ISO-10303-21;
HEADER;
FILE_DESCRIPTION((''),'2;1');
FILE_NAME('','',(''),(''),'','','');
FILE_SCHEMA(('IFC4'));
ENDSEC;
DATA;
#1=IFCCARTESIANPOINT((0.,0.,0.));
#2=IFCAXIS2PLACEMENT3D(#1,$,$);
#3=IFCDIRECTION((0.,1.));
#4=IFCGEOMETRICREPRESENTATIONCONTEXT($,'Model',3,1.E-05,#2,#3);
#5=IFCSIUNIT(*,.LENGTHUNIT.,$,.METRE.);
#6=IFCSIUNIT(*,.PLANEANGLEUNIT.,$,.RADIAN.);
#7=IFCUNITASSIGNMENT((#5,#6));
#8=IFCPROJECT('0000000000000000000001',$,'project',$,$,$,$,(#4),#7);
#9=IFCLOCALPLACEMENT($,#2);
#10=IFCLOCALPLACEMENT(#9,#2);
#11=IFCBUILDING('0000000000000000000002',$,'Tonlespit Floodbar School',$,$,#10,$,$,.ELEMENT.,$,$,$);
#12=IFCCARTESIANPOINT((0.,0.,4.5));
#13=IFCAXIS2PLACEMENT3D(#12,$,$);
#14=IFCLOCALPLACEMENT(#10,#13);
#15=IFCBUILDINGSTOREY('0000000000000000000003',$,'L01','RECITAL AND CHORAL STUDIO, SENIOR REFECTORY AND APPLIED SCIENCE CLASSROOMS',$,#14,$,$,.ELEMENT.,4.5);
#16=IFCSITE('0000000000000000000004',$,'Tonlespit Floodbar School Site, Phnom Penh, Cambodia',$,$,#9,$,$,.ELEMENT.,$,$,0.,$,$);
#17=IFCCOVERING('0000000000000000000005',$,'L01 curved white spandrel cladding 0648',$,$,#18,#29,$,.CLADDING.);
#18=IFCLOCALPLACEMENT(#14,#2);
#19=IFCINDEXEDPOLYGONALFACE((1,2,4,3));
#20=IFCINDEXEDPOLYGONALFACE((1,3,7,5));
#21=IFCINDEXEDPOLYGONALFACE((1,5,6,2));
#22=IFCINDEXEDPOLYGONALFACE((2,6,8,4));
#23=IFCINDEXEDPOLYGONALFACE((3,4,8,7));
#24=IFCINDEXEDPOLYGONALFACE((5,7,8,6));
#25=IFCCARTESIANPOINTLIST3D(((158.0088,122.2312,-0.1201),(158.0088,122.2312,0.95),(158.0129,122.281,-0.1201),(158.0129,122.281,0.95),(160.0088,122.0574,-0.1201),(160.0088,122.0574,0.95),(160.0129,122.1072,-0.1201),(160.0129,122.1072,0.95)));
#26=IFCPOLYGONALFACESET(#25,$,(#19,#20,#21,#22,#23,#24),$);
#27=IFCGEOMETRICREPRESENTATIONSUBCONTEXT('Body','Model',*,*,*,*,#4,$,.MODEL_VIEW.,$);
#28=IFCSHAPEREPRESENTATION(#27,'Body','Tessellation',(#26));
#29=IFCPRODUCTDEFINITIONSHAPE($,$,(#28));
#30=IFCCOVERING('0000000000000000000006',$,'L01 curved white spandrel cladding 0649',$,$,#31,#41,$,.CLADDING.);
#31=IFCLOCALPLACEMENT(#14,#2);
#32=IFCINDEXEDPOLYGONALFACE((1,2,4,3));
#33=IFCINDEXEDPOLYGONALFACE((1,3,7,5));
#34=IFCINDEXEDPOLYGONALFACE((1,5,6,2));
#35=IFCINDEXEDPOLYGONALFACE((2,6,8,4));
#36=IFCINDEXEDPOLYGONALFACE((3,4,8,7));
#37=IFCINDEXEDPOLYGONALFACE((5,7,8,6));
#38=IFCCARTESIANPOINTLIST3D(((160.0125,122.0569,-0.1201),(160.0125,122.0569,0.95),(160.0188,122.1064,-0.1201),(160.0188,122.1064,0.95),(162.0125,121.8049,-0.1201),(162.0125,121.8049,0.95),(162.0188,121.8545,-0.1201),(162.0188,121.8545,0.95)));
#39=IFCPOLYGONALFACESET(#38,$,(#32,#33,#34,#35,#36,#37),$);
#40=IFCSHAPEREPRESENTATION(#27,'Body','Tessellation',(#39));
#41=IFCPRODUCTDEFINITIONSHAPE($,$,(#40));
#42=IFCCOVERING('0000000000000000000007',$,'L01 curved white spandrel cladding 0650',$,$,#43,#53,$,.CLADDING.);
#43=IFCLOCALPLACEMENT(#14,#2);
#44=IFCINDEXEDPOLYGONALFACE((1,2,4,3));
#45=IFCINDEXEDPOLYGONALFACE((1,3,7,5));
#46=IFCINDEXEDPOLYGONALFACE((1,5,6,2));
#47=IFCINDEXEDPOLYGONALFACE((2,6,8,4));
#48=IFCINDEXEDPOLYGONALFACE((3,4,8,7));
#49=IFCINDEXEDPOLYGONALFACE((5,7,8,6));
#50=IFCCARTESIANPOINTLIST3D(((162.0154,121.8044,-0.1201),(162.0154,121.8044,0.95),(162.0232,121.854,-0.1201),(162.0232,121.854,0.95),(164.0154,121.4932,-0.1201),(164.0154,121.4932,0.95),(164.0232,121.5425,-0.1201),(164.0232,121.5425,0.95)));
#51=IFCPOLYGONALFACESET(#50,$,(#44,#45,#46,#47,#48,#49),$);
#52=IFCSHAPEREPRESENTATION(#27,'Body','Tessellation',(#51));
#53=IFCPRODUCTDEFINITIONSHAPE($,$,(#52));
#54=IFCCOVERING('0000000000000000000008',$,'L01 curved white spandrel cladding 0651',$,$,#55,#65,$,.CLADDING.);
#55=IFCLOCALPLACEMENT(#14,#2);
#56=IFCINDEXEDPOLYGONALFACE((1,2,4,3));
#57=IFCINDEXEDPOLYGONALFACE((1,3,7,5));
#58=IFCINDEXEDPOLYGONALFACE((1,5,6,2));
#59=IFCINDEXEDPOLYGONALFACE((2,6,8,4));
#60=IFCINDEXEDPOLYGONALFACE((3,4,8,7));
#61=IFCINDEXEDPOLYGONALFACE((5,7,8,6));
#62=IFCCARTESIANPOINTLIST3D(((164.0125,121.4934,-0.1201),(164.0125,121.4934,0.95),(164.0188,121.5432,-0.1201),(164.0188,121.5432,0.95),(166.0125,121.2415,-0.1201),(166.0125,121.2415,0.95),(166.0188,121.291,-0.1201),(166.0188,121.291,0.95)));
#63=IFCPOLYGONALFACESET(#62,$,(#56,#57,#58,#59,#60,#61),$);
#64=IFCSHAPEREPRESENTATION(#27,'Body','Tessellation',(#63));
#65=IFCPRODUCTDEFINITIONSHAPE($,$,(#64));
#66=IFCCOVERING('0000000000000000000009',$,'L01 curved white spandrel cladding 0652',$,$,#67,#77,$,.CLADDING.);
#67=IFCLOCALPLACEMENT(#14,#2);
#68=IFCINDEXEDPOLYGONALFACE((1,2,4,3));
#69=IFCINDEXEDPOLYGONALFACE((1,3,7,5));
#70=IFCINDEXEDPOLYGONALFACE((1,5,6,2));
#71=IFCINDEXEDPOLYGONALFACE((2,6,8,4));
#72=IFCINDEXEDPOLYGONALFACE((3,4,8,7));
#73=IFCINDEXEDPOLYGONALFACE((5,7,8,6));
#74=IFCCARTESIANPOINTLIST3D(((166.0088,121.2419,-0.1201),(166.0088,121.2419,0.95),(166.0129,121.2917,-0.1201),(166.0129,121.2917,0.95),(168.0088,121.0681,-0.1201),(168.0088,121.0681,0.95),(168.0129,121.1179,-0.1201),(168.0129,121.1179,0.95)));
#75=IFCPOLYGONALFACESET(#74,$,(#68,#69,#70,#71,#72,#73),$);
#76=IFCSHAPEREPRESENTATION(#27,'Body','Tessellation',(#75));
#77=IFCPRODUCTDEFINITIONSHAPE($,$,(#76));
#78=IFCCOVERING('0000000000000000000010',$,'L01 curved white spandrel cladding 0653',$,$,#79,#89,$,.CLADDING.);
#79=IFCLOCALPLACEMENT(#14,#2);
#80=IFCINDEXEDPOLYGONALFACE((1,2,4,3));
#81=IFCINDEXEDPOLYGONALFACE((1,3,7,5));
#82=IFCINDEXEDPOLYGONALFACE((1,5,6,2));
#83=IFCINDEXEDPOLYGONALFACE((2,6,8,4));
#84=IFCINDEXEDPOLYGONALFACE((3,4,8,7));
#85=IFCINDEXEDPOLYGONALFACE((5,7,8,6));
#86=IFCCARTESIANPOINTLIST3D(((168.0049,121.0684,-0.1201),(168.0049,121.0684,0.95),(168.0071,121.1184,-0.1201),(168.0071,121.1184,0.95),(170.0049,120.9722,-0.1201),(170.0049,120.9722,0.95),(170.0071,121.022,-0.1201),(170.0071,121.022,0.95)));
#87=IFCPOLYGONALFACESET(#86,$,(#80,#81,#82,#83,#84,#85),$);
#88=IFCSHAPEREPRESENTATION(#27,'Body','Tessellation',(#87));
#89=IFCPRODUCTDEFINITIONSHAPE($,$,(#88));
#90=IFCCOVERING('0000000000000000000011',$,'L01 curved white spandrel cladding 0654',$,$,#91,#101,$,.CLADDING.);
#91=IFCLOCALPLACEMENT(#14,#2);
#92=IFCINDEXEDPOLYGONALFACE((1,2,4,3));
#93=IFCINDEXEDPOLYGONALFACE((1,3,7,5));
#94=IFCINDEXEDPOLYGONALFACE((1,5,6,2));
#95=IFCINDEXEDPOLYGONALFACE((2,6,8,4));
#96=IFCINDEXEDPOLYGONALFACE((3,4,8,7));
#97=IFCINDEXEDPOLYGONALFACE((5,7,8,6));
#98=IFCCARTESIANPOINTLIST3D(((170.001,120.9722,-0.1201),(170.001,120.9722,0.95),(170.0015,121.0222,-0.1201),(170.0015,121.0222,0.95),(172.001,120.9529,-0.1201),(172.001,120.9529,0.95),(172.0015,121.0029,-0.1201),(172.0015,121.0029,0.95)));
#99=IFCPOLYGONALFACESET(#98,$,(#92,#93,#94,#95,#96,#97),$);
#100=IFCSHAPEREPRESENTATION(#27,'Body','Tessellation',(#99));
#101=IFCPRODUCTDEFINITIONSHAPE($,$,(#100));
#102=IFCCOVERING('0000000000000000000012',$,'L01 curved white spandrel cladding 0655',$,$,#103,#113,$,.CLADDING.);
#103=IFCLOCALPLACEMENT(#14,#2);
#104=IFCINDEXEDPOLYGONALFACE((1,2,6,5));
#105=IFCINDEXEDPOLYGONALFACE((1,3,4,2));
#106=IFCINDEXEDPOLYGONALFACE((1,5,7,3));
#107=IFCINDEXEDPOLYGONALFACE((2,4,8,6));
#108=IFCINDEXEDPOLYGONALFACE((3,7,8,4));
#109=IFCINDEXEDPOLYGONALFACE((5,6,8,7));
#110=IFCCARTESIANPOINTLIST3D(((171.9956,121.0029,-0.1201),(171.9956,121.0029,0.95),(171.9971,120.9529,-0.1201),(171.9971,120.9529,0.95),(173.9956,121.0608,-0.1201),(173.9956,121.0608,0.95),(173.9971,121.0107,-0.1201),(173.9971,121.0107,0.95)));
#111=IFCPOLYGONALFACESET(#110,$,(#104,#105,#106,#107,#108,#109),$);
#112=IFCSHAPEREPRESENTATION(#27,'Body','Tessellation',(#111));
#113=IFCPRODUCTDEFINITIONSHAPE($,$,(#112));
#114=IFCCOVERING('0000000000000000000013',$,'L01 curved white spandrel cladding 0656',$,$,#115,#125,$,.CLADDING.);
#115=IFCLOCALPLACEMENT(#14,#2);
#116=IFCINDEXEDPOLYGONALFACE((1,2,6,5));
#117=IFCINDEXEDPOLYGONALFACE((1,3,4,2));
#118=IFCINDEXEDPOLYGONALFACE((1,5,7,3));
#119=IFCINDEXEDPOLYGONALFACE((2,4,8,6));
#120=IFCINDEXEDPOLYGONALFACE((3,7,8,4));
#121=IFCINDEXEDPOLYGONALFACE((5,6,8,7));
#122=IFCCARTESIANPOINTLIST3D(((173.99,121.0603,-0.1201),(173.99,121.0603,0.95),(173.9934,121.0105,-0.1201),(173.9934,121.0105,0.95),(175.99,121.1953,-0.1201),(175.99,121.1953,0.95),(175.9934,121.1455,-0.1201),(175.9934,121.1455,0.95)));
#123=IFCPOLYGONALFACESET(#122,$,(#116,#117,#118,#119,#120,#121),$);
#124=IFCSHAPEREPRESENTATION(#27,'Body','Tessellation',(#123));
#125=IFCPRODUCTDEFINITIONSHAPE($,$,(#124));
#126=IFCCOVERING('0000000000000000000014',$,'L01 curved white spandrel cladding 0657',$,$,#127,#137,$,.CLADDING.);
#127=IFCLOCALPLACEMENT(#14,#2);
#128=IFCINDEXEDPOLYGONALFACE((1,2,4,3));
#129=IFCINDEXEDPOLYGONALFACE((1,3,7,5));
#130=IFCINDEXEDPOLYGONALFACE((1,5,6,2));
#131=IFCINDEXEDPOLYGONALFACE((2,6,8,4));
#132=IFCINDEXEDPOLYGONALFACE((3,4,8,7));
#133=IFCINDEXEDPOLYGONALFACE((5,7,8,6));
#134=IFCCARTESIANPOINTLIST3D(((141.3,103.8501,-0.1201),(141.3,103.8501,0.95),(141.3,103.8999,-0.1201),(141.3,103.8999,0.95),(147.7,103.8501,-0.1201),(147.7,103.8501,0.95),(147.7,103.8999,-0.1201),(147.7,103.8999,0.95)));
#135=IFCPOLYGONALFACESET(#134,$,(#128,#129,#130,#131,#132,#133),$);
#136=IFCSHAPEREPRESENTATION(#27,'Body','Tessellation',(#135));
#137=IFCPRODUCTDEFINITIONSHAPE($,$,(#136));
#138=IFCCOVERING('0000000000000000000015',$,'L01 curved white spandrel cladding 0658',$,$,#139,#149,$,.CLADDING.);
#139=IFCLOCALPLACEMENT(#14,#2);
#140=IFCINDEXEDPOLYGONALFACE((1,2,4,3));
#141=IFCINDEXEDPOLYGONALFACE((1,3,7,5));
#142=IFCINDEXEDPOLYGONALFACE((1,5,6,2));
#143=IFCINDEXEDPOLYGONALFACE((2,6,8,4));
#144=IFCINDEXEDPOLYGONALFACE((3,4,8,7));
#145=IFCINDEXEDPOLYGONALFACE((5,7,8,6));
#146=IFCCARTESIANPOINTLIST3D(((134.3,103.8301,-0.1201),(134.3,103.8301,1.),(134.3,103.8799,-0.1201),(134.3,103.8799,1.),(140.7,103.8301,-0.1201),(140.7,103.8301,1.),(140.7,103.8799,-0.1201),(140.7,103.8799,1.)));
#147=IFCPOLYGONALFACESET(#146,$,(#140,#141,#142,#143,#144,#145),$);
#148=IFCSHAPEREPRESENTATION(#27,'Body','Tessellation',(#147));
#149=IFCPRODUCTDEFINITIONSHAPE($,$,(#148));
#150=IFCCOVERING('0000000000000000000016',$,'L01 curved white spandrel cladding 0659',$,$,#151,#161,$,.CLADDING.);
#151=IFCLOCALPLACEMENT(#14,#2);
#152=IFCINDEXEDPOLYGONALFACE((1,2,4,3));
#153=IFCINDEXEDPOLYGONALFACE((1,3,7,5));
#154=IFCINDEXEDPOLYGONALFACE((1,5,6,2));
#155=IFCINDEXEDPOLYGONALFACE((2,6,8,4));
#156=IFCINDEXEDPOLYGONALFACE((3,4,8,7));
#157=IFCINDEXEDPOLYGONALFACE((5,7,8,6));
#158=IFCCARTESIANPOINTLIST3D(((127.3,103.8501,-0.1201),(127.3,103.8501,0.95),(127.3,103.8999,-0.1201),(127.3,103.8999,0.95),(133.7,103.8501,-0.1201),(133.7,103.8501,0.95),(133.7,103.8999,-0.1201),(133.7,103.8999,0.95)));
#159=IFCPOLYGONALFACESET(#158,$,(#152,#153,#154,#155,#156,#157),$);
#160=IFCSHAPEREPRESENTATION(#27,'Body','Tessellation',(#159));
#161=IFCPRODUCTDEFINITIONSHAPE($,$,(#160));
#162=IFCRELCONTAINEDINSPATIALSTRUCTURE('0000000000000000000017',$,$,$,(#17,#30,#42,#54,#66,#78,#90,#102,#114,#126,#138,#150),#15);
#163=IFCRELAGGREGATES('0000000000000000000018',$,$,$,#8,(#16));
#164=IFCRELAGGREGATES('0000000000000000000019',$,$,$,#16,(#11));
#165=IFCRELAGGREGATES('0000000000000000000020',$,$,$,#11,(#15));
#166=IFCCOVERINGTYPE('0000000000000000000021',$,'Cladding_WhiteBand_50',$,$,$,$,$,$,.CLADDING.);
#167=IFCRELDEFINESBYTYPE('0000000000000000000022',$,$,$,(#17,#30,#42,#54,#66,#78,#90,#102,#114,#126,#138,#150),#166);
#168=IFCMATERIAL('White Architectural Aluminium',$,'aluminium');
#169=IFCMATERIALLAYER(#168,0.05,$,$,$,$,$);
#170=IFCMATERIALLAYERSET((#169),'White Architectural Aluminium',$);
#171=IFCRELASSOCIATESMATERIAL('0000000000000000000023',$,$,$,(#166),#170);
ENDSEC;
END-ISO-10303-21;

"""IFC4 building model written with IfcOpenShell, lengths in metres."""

from ifc_helpers import new_model, si_unit, direction, frame, origin, place, context, subcontext, project, spatial, polyline, outline, extrude, material, layer, layer_set, type_object, element, save


model = new_model("IFC4")

# Units and contexts
model_context = context("Model", 3, precision=1e-05, world=origin(), true_north=direction((0.0, 1.0)))
body_context = subcontext(model_context, "Body", "Model", "MODEL_VIEW")
ifc_project = project(units=[si_unit("LENGTHUNIT", "METRE"), si_unit("PLANEANGLEUNIT", "RADIAN")], contexts=[model_context])

# Site, building, storey
site_placement = place(None, origin())
site = spatial("IfcSite", under=ifc_project, at=site_placement, Name="Tonlespit Floodbar School Site, Phnom Penh, Cambodia", CompositionType="ELEMENT", RefElevation=0.0)
building_placement = place(site_placement, origin())
building = spatial("IfcBuilding", under=site, at=building_placement, Name="Tonlespit Floodbar School", CompositionType="ELEMENT")
storey_placement = place(building_placement, frame((0.0, 0.0, 4.5)))
storey = spatial("IfcBuildingStorey", under=building, at=storey_placement, Name="L01", Description="RECITAL AND CHORAL STUDIO, SENIOR REFECTORY AND APPLIED SCIENCE CLASSROOMS", CompositionType="ELEMENT", Elevation=4.5)

# Coverings
ifc_material = material(Name="White Architectural Aluminium", Category="aluminium")
ifc_layer = layer(ifc_material, 0.05)
ifc_layer_set = layer_set([ifc_layer], Name="White Architectural Aluminium")
covering_type = type_object("IfcCoveringType", Name="Cladding_WhiteBand_50", PredefinedType="CLADDING", material=ifc_layer_set)
covering_1_placement = place(storey_placement, frame((0.0, 0.0, -0.1201)))
element("IfcCovering", 1, at=covering_1_placement, inside=storey, type_object=covering_type, Name="L01 curved white spandrel cladding 0648", PredefinedType="CLADDING", context=body_context, shape_type="SweptSolid", body=[
    extrude(outline(polyline([(158.0088, 122.2312), (160.0088, 122.0574), (160.0129, 122.1072), (158.0129, 122.281), (158.0088, 122.2312)])), origin(), (0.0, 0.0, 1.0), 1.0701),
])
covering_2_placement = place(storey_placement, frame((0.0, 0.0, -0.1201)))
element("IfcCovering", 2, at=covering_2_placement, inside=storey, type_object=covering_type, Name="L01 curved white spandrel cladding 0649", PredefinedType="CLADDING", context=body_context, shape_type="SweptSolid", body=[
    extrude(outline(polyline([(160.0125, 122.0569), (162.0125, 121.8049), (162.0188, 121.8545), (160.0188, 122.1064), (160.0125, 122.0569)])), origin(), (0.0, 0.0, 1.0), 1.0701),
])
covering_3_placement = place(storey_placement, frame((0.0, 0.0, -0.1201)))
element("IfcCovering", 3, at=covering_3_placement, inside=storey, type_object=covering_type, Name="L01 curved white spandrel cladding 0650", PredefinedType="CLADDING", context=body_context, shape_type="SweptSolid", body=[
    extrude(outline(polyline([(162.0154, 121.8044), (164.0154, 121.4932), (164.0232, 121.5425), (162.0232, 121.854), (162.0154, 121.8044)])), origin(), (0.0, 0.0, 1.0), 1.0701),
])
covering_4_placement = place(storey_placement, frame((0.0, 0.0, -0.1201)))
element("IfcCovering", 4, at=covering_4_placement, inside=storey, type_object=covering_type, Name="L01 curved white spandrel cladding 0651", PredefinedType="CLADDING", context=body_context, shape_type="SweptSolid", body=[
    extrude(outline(polyline([(164.0125, 121.4934), (166.0125, 121.2415), (166.0188, 121.291), (164.0188, 121.5432), (164.0125, 121.4934)])), origin(), (0.0, 0.0, 1.0), 1.0701),
])
covering_5_placement = place(storey_placement, frame((0.0, 0.0, -0.1201)))
element("IfcCovering", 5, at=covering_5_placement, inside=storey, type_object=covering_type, Name="L01 curved white spandrel cladding 0652", PredefinedType="CLADDING", context=body_context, shape_type="SweptSolid", body=[
    extrude(outline(polyline([(166.0088, 121.2419), (168.0088, 121.0681), (168.0129, 121.1179), (166.0129, 121.2917), (166.0088, 121.2419)])), origin(), (0.0, 0.0, 1.0), 1.0701),
])
covering_6_placement = place(storey_placement, frame((0.0, 0.0, -0.1201)))
element("IfcCovering", 6, at=covering_6_placement, inside=storey, type_object=covering_type, Name="L01 curved white spandrel cladding 0653", PredefinedType="CLADDING", context=body_context, shape_type="SweptSolid", body=[
    extrude(outline(polyline([(168.0049, 121.0684), (170.0049, 120.9722), (170.0071, 121.022), (168.0071, 121.1184), (168.0049, 121.0684)])), origin(), (0.0, 0.0, 1.0), 1.0701),
])
covering_7_placement = place(storey_placement, frame((0.0, 0.0, -0.1201)))
element("IfcCovering", 7, at=covering_7_placement, inside=storey, type_object=covering_type, Name="L01 curved white spandrel cladding 0654", PredefinedType="CLADDING", context=body_context, shape_type="SweptSolid", body=[
    extrude(outline(polyline([(170.001, 120.9722), (172.001, 120.9529), (172.0015, 121.0029), (170.0015, 121.0222), (170.001, 120.9722)])), origin(), (0.0, 0.0, 1.0), 1.0701),
])
covering_8_placement = place(storey_placement, frame((0.0, 0.0, -0.1201)))
element("IfcCovering", 8, at=covering_8_placement, inside=storey, type_object=covering_type, Name="L01 curved white spandrel cladding 0655", PredefinedType="CLADDING", context=body_context, shape_type="SweptSolid", body=[
    extrude(outline(polyline([(171.9971, 120.9529), (173.9971, 121.0107), (173.9956, 121.0608), (171.9956, 121.0029), (171.9971, 120.9529)])), origin(), (0.0, 0.0, 1.0), 1.0701),
])
covering_9_placement = place(storey_placement, frame((0.0, 0.0, -0.1201)))
element("IfcCovering", 9, at=covering_9_placement, inside=storey, type_object=covering_type, Name="L01 curved white spandrel cladding 0656", PredefinedType="CLADDING", context=body_context, shape_type="SweptSolid", body=[
    extrude(outline(polyline([(173.9934, 121.0105), (175.9934, 121.1455), (175.99, 121.1953), (173.99, 121.0603), (173.9934, 121.0105)])), origin(), (0.0, 0.0, 1.0), 1.0701),
])
covering_10_placement = place(storey_placement, frame((0.0, 0.0, -0.1201)))
element("IfcCovering", 10, at=covering_10_placement, inside=storey, type_object=covering_type, Name="L01 curved white spandrel cladding 0657", PredefinedType="CLADDING", context=body_context, shape_type="SweptSolid", body=[
    extrude(outline(polyline([(147.7, 103.8999), (141.3, 103.8999), (141.3, 103.8501), (147.7, 103.8501), (147.7, 103.8999)])), origin(), (0.0, 0.0, 1.0), 1.0701),
])
covering_11_placement = place(storey_placement, frame((0.0, 0.0, -0.1201)))
element("IfcCovering", 11, at=covering_11_placement, inside=storey, type_object=covering_type, Name="L01 curved white spandrel cladding 0658", PredefinedType="CLADDING", context=body_context, shape_type="SweptSolid", body=[
    extrude(outline(polyline([(140.7, 103.8799), (134.3, 103.8799), (134.3, 103.8301), (140.7, 103.8301), (140.7, 103.8799)])), origin(), (0.0, 0.0, 1.0), 1.1201),
])
covering_12_placement = place(storey_placement, frame((0.0, 0.0, -0.1201)))
element("IfcCovering", 12, at=covering_12_placement, inside=storey, type_object=covering_type, Name="L01 curved white spandrel cladding 0659", PredefinedType="CLADDING", context=body_context, shape_type="SweptSolid", body=[
    extrude(outline(polyline([(133.7, 103.8999), (127.3, 103.8999), (127.3, 103.8501), (133.7, 103.8501), (133.7, 103.8999)])), origin(), (0.0, 0.0, 1.0), 1.0701),
])

save(model, "model.ifc")
